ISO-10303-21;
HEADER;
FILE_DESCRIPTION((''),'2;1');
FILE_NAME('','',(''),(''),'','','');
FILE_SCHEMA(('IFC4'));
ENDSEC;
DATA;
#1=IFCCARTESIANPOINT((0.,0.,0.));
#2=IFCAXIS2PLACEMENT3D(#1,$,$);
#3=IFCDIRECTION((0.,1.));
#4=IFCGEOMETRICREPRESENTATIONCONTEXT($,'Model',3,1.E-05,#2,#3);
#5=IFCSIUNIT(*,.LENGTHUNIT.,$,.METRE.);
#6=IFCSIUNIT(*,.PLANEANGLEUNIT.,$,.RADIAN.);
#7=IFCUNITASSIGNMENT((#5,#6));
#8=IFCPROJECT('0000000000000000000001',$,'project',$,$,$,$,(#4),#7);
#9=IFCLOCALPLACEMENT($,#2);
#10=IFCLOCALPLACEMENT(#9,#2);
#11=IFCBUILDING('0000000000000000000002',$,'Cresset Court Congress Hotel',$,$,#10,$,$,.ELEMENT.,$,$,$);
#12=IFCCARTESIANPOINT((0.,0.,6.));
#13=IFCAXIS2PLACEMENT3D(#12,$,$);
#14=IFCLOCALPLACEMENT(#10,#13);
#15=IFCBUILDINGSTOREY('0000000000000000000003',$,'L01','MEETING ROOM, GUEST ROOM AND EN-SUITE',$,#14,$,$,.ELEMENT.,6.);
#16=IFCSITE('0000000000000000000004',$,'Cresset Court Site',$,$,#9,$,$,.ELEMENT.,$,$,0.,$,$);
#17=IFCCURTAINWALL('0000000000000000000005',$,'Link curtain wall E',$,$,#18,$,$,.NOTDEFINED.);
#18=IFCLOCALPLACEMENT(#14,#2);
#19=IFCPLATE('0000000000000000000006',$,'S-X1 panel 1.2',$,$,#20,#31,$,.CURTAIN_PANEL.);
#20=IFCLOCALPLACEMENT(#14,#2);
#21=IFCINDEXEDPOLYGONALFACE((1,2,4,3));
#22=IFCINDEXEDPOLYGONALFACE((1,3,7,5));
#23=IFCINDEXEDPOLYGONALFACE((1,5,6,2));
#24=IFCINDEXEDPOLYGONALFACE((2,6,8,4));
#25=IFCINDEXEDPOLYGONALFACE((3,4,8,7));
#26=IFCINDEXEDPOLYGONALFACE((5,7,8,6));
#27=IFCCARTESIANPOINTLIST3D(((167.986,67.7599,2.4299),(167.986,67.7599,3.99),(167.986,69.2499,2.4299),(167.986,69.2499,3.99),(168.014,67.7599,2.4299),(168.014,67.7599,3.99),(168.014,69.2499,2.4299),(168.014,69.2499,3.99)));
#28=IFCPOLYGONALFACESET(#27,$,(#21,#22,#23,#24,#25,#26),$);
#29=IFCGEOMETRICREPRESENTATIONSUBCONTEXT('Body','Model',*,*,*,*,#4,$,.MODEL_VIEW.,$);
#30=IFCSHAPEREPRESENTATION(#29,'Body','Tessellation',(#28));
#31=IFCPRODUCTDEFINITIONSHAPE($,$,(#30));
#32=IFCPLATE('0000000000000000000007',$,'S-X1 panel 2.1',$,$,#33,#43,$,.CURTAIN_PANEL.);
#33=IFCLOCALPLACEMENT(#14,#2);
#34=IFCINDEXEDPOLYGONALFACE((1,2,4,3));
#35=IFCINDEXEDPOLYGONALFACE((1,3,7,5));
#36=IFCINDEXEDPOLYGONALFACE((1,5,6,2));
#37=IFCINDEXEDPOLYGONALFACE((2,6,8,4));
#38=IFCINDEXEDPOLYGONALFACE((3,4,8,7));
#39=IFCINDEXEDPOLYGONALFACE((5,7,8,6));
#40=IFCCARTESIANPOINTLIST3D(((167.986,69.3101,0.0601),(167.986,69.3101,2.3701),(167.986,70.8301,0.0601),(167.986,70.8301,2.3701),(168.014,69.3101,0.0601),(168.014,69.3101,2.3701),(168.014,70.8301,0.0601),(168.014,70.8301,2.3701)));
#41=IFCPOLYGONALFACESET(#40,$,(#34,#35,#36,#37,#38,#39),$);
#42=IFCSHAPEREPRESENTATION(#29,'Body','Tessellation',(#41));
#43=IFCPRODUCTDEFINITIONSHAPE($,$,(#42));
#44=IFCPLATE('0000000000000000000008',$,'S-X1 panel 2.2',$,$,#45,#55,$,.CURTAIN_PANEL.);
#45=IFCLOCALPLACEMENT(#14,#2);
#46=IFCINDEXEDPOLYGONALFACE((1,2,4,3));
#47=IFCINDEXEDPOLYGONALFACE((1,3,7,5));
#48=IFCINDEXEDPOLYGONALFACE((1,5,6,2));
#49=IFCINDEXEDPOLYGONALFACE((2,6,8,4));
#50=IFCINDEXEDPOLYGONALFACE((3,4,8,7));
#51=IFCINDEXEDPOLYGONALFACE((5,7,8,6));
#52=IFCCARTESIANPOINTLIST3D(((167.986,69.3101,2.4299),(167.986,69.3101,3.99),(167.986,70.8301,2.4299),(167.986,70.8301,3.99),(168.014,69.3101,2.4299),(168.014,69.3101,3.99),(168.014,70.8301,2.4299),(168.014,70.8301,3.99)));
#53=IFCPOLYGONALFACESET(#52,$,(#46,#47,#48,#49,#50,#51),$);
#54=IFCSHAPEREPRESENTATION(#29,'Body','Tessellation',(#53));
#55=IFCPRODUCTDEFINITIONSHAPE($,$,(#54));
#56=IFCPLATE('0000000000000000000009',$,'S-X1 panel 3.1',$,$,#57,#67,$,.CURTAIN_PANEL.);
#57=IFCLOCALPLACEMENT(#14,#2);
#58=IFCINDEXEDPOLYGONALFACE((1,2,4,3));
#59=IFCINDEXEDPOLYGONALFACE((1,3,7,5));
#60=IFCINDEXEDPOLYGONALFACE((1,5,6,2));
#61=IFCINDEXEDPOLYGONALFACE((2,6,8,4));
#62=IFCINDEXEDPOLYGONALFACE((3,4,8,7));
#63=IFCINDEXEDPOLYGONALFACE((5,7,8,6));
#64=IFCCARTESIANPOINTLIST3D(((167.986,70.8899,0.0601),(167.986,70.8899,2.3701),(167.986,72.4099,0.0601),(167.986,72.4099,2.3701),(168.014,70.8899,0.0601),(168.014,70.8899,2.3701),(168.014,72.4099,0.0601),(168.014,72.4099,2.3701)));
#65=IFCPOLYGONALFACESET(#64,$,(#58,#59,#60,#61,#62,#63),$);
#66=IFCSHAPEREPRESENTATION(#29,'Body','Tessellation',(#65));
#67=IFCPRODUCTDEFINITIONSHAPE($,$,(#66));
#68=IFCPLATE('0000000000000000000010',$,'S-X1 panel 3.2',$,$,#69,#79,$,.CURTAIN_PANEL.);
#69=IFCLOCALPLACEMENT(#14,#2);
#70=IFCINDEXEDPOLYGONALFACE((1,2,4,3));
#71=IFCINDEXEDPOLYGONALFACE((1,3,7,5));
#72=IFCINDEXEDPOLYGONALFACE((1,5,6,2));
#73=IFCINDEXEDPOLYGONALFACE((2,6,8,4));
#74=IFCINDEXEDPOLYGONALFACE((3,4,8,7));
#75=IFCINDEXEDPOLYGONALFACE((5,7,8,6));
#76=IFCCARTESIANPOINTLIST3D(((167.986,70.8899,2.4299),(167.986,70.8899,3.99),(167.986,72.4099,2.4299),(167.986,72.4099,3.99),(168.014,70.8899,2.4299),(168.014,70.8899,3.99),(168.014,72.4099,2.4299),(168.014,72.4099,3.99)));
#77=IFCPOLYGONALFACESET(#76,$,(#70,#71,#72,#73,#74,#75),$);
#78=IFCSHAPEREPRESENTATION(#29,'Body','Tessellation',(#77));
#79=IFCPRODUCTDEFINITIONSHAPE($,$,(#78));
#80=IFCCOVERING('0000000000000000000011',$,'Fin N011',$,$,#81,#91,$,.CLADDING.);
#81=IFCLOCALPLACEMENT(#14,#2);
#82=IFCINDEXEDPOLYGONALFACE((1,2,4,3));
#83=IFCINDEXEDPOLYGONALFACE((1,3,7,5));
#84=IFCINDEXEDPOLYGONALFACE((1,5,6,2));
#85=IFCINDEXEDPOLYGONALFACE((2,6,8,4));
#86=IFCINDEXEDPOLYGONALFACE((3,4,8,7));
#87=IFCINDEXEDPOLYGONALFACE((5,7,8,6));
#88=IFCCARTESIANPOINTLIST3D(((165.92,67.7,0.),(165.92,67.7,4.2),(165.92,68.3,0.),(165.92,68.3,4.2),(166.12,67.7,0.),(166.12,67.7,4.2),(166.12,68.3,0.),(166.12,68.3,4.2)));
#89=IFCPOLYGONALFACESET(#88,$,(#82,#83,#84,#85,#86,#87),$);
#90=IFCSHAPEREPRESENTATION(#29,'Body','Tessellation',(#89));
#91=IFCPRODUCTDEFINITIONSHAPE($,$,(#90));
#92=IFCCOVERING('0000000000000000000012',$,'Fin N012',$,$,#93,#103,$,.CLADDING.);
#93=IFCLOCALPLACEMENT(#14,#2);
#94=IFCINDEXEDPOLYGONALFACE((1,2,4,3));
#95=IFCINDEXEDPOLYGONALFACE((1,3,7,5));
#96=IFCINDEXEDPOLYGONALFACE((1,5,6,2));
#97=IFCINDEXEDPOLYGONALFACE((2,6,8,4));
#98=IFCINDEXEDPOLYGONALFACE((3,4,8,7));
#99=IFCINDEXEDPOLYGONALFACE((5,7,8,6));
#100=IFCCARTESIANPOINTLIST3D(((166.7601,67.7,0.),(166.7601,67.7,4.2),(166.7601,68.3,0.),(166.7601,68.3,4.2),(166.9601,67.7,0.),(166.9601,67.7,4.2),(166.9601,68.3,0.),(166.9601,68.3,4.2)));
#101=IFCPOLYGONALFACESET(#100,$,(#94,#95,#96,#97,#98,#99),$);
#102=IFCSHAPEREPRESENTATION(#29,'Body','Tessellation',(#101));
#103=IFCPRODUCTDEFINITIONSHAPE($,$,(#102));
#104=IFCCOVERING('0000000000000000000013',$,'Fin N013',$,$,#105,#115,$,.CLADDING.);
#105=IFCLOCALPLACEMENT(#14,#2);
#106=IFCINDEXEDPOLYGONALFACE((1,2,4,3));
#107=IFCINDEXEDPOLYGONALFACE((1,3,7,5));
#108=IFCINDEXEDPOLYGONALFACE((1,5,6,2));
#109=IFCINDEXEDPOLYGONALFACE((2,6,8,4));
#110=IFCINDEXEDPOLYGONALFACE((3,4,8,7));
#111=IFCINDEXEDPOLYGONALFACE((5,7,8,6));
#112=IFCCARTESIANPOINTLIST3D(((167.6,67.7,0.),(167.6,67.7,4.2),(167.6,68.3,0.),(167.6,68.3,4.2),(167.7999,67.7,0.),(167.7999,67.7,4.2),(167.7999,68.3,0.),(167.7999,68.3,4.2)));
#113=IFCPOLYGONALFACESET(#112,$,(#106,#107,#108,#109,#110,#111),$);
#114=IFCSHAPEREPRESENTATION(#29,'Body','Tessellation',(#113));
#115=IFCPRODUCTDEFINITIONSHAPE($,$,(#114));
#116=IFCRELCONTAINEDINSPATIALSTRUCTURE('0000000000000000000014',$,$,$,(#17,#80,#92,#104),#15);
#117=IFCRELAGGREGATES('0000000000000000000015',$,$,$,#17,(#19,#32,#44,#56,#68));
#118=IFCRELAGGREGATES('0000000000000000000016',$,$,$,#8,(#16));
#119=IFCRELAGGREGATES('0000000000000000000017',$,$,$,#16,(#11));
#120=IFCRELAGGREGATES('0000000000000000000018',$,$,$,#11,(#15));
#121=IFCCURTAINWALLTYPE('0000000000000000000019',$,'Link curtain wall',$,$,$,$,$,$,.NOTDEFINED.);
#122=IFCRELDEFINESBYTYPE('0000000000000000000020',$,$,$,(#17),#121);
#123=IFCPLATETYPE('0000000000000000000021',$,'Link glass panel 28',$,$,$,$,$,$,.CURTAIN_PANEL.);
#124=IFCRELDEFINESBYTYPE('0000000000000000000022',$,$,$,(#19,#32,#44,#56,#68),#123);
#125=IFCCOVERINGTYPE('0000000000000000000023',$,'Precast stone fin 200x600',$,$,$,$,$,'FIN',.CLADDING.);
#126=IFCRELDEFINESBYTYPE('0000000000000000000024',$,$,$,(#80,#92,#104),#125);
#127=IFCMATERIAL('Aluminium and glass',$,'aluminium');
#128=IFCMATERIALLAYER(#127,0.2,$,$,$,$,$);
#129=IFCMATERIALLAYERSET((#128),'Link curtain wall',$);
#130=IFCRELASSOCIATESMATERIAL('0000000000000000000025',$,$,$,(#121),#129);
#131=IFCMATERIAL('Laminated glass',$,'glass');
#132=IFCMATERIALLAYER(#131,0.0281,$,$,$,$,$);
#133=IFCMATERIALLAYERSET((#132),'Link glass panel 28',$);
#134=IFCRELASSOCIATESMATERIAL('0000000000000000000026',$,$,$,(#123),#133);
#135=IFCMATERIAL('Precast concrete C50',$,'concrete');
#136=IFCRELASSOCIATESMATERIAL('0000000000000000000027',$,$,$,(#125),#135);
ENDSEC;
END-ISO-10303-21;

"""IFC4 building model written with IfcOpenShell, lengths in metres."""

from ifc_helpers import new_model, si_unit, direction, frame, origin, origin_2d, place, context, subcontext, project, spatial, rectangle, extrude, material, layer, layer_set, type_object, element, aggregate, save


model = new_model("IFC4")

# Units and contexts
model_context = context("Model", 3, precision=1e-05, world=origin(), true_north=direction((0.0, 1.0)))
body_context = subcontext(model_context, "Body", "Model", "MODEL_VIEW")
ifc_project = project(units=[si_unit("LENGTHUNIT", "METRE"), si_unit("PLANEANGLEUNIT", "RADIAN")], contexts=[model_context])

# Site, building, storey
site_placement = place(None, origin())
site = spatial("IfcSite", under=ifc_project, at=site_placement, Name="Cresset Court Site", CompositionType="ELEMENT", RefElevation=0.0)
building_placement = place(site_placement, origin())
building = spatial("IfcBuilding", under=site, at=building_placement, Name="Cresset Court Congress Hotel", CompositionType="ELEMENT")
storey_placement = place(building_placement, frame((0.0, 0.0, 6.0)))
storey = spatial("IfcBuildingStorey", under=building, at=storey_placement, Name="L01", Description="MEETING ROOM, GUEST ROOM AND EN-SUITE", CompositionType="ELEMENT", Elevation=6.0)

# Curtain wall, plates
ifc_material_1 = material(Name="Aluminium and glass", Category="aluminium")
ifc_layer_1 = layer(ifc_material_1, 0.2)
ifc_layer_set_1 = layer_set([ifc_layer_1], Name="Link curtain wall")
curtain_wall_type = type_object("IfcCurtainWallType", Name="Link curtain wall", PredefinedType="NOTDEFINED", material=ifc_layer_set_1)
curtain_wall_placement = place(storey_placement, origin())
curtain_wall = element("IfcCurtainWall", 1, at=curtain_wall_placement, inside=storey, type_object=curtain_wall_type, Name="Link curtain wall E", PredefinedType="NOTDEFINED")
ifc_material_2 = material(Name="Laminated glass", Category="glass")
ifc_layer_2 = layer(ifc_material_2, 0.0281)
ifc_layer_set_2 = layer_set([ifc_layer_2], Name="Link glass panel 28")
plate_type = type_object("IfcPlateType", Name="Link glass panel 28", PredefinedType="CURTAIN_PANEL", material=ifc_layer_set_2)
plate_1_placement = place(storey_placement, frame((168.0, 68.5049, 2.4299), z_axis=(0.0, 0.0, 1.0), x_axis=(0.0, 1.0, 0.0)))
plate_1 = element("IfcPlate", 2, at=plate_1_placement, type_object=plate_type, Name="S-X1 panel 1.2", PredefinedType="CURTAIN_PANEL", context=body_context, shape_type="SweptSolid", body=[
    extrude(rectangle(XDim=1.49, YDim=0.0281, at=origin_2d()), origin(), (0.0, 0.0, 1.0), 1.5601),
])
plate_2_placement = place(storey_placement, frame((168.0, 70.0701, 0.0601), z_axis=(0.0, 0.0, 1.0), x_axis=(0.0, 1.0, 0.0)))
plate_2 = element("IfcPlate", 3, at=plate_2_placement, type_object=plate_type, Name="S-X1 panel 2.1", PredefinedType="CURTAIN_PANEL", context=body_context, shape_type="SweptSolid", body=[
    extrude(rectangle(XDim=1.52, YDim=0.0281, at=origin_2d()), origin(), (0.0, 0.0, 1.0), 2.3101),
])
plate_3_placement = place(storey_placement, frame((168.0, 70.0701, 2.4299), z_axis=(0.0, 0.0, 1.0), x_axis=(0.0, 1.0, 0.0)))
plate_3 = element("IfcPlate", 4, at=plate_3_placement, type_object=plate_type, Name="S-X1 panel 2.2", PredefinedType="CURTAIN_PANEL", context=body_context, shape_type="SweptSolid", body=[
    extrude(rectangle(XDim=1.52, YDim=0.0281, at=origin_2d()), origin(), (0.0, 0.0, 1.0), 1.5601),
])
plate_4_placement = place(storey_placement, frame((168.0, 71.6499, 0.0601), z_axis=(0.0, 0.0, 1.0), x_axis=(0.0, 1.0, 0.0)))
plate_4 = element("IfcPlate", 5, at=plate_4_placement, type_object=plate_type, Name="S-X1 panel 3.1", PredefinedType="CURTAIN_PANEL", context=body_context, shape_type="SweptSolid", body=[
    extrude(rectangle(XDim=1.52, YDim=0.0281, at=origin_2d()), origin(), (0.0, 0.0, 1.0), 2.3101),
])
plate_5_placement = place(storey_placement, frame((168.0, 71.6499, 2.4299), z_axis=(0.0, 0.0, 1.0), x_axis=(0.0, 1.0, 0.0)))
plate_5 = element("IfcPlate", 6, at=plate_5_placement, type_object=plate_type, Name="S-X1 panel 3.2", PredefinedType="CURTAIN_PANEL", context=body_context, shape_type="SweptSolid", body=[
    extrude(rectangle(XDim=1.52, YDim=0.0281, at=origin_2d()), origin(), (0.0, 0.0, 1.0), 1.5601),
])
aggregate(curtain_wall, [plate_1, plate_2, plate_3, plate_4, plate_5])

# Coverings
ifc_material_3 = material(Name="Precast concrete C50", Category="concrete")
covering_type = type_object("IfcCoveringType", Name="Precast stone fin 200x600", ElementType="FIN", PredefinedType="CLADDING", material=ifc_material_3)
for number, where, z_axis, x_axis, name in (
    (7, (166.02, 68.0, 0.0), (0.0, 0.0, 1.0), (1.0, 0.0, 0.0), "Fin N011"),
    (8, (166.8601, 68.0, 0.0), (0.0, 0.0, 1.0), (1.0, 0.0, 0.0), "Fin N012"),
    (9, (167.7, 68.0, 0.0), (0.0, 0.0, 1.0), (1.0, 0.0, 0.0), "Fin N013"),
):
    element("IfcCovering", number, at=place(storey_placement, frame(where, z_axis=z_axis, x_axis=x_axis)), inside=storey, type_object=covering_type, Name=name, PredefinedType="CLADDING", context=body_context, shape_type="SweptSolid", body=[
        extrude(rectangle(XDim=0.2, YDim=0.6001, at=origin_2d()), origin(), (0.0, 0.0, 1.0), 4.2),
    ])

save(model, "model.ifc")
